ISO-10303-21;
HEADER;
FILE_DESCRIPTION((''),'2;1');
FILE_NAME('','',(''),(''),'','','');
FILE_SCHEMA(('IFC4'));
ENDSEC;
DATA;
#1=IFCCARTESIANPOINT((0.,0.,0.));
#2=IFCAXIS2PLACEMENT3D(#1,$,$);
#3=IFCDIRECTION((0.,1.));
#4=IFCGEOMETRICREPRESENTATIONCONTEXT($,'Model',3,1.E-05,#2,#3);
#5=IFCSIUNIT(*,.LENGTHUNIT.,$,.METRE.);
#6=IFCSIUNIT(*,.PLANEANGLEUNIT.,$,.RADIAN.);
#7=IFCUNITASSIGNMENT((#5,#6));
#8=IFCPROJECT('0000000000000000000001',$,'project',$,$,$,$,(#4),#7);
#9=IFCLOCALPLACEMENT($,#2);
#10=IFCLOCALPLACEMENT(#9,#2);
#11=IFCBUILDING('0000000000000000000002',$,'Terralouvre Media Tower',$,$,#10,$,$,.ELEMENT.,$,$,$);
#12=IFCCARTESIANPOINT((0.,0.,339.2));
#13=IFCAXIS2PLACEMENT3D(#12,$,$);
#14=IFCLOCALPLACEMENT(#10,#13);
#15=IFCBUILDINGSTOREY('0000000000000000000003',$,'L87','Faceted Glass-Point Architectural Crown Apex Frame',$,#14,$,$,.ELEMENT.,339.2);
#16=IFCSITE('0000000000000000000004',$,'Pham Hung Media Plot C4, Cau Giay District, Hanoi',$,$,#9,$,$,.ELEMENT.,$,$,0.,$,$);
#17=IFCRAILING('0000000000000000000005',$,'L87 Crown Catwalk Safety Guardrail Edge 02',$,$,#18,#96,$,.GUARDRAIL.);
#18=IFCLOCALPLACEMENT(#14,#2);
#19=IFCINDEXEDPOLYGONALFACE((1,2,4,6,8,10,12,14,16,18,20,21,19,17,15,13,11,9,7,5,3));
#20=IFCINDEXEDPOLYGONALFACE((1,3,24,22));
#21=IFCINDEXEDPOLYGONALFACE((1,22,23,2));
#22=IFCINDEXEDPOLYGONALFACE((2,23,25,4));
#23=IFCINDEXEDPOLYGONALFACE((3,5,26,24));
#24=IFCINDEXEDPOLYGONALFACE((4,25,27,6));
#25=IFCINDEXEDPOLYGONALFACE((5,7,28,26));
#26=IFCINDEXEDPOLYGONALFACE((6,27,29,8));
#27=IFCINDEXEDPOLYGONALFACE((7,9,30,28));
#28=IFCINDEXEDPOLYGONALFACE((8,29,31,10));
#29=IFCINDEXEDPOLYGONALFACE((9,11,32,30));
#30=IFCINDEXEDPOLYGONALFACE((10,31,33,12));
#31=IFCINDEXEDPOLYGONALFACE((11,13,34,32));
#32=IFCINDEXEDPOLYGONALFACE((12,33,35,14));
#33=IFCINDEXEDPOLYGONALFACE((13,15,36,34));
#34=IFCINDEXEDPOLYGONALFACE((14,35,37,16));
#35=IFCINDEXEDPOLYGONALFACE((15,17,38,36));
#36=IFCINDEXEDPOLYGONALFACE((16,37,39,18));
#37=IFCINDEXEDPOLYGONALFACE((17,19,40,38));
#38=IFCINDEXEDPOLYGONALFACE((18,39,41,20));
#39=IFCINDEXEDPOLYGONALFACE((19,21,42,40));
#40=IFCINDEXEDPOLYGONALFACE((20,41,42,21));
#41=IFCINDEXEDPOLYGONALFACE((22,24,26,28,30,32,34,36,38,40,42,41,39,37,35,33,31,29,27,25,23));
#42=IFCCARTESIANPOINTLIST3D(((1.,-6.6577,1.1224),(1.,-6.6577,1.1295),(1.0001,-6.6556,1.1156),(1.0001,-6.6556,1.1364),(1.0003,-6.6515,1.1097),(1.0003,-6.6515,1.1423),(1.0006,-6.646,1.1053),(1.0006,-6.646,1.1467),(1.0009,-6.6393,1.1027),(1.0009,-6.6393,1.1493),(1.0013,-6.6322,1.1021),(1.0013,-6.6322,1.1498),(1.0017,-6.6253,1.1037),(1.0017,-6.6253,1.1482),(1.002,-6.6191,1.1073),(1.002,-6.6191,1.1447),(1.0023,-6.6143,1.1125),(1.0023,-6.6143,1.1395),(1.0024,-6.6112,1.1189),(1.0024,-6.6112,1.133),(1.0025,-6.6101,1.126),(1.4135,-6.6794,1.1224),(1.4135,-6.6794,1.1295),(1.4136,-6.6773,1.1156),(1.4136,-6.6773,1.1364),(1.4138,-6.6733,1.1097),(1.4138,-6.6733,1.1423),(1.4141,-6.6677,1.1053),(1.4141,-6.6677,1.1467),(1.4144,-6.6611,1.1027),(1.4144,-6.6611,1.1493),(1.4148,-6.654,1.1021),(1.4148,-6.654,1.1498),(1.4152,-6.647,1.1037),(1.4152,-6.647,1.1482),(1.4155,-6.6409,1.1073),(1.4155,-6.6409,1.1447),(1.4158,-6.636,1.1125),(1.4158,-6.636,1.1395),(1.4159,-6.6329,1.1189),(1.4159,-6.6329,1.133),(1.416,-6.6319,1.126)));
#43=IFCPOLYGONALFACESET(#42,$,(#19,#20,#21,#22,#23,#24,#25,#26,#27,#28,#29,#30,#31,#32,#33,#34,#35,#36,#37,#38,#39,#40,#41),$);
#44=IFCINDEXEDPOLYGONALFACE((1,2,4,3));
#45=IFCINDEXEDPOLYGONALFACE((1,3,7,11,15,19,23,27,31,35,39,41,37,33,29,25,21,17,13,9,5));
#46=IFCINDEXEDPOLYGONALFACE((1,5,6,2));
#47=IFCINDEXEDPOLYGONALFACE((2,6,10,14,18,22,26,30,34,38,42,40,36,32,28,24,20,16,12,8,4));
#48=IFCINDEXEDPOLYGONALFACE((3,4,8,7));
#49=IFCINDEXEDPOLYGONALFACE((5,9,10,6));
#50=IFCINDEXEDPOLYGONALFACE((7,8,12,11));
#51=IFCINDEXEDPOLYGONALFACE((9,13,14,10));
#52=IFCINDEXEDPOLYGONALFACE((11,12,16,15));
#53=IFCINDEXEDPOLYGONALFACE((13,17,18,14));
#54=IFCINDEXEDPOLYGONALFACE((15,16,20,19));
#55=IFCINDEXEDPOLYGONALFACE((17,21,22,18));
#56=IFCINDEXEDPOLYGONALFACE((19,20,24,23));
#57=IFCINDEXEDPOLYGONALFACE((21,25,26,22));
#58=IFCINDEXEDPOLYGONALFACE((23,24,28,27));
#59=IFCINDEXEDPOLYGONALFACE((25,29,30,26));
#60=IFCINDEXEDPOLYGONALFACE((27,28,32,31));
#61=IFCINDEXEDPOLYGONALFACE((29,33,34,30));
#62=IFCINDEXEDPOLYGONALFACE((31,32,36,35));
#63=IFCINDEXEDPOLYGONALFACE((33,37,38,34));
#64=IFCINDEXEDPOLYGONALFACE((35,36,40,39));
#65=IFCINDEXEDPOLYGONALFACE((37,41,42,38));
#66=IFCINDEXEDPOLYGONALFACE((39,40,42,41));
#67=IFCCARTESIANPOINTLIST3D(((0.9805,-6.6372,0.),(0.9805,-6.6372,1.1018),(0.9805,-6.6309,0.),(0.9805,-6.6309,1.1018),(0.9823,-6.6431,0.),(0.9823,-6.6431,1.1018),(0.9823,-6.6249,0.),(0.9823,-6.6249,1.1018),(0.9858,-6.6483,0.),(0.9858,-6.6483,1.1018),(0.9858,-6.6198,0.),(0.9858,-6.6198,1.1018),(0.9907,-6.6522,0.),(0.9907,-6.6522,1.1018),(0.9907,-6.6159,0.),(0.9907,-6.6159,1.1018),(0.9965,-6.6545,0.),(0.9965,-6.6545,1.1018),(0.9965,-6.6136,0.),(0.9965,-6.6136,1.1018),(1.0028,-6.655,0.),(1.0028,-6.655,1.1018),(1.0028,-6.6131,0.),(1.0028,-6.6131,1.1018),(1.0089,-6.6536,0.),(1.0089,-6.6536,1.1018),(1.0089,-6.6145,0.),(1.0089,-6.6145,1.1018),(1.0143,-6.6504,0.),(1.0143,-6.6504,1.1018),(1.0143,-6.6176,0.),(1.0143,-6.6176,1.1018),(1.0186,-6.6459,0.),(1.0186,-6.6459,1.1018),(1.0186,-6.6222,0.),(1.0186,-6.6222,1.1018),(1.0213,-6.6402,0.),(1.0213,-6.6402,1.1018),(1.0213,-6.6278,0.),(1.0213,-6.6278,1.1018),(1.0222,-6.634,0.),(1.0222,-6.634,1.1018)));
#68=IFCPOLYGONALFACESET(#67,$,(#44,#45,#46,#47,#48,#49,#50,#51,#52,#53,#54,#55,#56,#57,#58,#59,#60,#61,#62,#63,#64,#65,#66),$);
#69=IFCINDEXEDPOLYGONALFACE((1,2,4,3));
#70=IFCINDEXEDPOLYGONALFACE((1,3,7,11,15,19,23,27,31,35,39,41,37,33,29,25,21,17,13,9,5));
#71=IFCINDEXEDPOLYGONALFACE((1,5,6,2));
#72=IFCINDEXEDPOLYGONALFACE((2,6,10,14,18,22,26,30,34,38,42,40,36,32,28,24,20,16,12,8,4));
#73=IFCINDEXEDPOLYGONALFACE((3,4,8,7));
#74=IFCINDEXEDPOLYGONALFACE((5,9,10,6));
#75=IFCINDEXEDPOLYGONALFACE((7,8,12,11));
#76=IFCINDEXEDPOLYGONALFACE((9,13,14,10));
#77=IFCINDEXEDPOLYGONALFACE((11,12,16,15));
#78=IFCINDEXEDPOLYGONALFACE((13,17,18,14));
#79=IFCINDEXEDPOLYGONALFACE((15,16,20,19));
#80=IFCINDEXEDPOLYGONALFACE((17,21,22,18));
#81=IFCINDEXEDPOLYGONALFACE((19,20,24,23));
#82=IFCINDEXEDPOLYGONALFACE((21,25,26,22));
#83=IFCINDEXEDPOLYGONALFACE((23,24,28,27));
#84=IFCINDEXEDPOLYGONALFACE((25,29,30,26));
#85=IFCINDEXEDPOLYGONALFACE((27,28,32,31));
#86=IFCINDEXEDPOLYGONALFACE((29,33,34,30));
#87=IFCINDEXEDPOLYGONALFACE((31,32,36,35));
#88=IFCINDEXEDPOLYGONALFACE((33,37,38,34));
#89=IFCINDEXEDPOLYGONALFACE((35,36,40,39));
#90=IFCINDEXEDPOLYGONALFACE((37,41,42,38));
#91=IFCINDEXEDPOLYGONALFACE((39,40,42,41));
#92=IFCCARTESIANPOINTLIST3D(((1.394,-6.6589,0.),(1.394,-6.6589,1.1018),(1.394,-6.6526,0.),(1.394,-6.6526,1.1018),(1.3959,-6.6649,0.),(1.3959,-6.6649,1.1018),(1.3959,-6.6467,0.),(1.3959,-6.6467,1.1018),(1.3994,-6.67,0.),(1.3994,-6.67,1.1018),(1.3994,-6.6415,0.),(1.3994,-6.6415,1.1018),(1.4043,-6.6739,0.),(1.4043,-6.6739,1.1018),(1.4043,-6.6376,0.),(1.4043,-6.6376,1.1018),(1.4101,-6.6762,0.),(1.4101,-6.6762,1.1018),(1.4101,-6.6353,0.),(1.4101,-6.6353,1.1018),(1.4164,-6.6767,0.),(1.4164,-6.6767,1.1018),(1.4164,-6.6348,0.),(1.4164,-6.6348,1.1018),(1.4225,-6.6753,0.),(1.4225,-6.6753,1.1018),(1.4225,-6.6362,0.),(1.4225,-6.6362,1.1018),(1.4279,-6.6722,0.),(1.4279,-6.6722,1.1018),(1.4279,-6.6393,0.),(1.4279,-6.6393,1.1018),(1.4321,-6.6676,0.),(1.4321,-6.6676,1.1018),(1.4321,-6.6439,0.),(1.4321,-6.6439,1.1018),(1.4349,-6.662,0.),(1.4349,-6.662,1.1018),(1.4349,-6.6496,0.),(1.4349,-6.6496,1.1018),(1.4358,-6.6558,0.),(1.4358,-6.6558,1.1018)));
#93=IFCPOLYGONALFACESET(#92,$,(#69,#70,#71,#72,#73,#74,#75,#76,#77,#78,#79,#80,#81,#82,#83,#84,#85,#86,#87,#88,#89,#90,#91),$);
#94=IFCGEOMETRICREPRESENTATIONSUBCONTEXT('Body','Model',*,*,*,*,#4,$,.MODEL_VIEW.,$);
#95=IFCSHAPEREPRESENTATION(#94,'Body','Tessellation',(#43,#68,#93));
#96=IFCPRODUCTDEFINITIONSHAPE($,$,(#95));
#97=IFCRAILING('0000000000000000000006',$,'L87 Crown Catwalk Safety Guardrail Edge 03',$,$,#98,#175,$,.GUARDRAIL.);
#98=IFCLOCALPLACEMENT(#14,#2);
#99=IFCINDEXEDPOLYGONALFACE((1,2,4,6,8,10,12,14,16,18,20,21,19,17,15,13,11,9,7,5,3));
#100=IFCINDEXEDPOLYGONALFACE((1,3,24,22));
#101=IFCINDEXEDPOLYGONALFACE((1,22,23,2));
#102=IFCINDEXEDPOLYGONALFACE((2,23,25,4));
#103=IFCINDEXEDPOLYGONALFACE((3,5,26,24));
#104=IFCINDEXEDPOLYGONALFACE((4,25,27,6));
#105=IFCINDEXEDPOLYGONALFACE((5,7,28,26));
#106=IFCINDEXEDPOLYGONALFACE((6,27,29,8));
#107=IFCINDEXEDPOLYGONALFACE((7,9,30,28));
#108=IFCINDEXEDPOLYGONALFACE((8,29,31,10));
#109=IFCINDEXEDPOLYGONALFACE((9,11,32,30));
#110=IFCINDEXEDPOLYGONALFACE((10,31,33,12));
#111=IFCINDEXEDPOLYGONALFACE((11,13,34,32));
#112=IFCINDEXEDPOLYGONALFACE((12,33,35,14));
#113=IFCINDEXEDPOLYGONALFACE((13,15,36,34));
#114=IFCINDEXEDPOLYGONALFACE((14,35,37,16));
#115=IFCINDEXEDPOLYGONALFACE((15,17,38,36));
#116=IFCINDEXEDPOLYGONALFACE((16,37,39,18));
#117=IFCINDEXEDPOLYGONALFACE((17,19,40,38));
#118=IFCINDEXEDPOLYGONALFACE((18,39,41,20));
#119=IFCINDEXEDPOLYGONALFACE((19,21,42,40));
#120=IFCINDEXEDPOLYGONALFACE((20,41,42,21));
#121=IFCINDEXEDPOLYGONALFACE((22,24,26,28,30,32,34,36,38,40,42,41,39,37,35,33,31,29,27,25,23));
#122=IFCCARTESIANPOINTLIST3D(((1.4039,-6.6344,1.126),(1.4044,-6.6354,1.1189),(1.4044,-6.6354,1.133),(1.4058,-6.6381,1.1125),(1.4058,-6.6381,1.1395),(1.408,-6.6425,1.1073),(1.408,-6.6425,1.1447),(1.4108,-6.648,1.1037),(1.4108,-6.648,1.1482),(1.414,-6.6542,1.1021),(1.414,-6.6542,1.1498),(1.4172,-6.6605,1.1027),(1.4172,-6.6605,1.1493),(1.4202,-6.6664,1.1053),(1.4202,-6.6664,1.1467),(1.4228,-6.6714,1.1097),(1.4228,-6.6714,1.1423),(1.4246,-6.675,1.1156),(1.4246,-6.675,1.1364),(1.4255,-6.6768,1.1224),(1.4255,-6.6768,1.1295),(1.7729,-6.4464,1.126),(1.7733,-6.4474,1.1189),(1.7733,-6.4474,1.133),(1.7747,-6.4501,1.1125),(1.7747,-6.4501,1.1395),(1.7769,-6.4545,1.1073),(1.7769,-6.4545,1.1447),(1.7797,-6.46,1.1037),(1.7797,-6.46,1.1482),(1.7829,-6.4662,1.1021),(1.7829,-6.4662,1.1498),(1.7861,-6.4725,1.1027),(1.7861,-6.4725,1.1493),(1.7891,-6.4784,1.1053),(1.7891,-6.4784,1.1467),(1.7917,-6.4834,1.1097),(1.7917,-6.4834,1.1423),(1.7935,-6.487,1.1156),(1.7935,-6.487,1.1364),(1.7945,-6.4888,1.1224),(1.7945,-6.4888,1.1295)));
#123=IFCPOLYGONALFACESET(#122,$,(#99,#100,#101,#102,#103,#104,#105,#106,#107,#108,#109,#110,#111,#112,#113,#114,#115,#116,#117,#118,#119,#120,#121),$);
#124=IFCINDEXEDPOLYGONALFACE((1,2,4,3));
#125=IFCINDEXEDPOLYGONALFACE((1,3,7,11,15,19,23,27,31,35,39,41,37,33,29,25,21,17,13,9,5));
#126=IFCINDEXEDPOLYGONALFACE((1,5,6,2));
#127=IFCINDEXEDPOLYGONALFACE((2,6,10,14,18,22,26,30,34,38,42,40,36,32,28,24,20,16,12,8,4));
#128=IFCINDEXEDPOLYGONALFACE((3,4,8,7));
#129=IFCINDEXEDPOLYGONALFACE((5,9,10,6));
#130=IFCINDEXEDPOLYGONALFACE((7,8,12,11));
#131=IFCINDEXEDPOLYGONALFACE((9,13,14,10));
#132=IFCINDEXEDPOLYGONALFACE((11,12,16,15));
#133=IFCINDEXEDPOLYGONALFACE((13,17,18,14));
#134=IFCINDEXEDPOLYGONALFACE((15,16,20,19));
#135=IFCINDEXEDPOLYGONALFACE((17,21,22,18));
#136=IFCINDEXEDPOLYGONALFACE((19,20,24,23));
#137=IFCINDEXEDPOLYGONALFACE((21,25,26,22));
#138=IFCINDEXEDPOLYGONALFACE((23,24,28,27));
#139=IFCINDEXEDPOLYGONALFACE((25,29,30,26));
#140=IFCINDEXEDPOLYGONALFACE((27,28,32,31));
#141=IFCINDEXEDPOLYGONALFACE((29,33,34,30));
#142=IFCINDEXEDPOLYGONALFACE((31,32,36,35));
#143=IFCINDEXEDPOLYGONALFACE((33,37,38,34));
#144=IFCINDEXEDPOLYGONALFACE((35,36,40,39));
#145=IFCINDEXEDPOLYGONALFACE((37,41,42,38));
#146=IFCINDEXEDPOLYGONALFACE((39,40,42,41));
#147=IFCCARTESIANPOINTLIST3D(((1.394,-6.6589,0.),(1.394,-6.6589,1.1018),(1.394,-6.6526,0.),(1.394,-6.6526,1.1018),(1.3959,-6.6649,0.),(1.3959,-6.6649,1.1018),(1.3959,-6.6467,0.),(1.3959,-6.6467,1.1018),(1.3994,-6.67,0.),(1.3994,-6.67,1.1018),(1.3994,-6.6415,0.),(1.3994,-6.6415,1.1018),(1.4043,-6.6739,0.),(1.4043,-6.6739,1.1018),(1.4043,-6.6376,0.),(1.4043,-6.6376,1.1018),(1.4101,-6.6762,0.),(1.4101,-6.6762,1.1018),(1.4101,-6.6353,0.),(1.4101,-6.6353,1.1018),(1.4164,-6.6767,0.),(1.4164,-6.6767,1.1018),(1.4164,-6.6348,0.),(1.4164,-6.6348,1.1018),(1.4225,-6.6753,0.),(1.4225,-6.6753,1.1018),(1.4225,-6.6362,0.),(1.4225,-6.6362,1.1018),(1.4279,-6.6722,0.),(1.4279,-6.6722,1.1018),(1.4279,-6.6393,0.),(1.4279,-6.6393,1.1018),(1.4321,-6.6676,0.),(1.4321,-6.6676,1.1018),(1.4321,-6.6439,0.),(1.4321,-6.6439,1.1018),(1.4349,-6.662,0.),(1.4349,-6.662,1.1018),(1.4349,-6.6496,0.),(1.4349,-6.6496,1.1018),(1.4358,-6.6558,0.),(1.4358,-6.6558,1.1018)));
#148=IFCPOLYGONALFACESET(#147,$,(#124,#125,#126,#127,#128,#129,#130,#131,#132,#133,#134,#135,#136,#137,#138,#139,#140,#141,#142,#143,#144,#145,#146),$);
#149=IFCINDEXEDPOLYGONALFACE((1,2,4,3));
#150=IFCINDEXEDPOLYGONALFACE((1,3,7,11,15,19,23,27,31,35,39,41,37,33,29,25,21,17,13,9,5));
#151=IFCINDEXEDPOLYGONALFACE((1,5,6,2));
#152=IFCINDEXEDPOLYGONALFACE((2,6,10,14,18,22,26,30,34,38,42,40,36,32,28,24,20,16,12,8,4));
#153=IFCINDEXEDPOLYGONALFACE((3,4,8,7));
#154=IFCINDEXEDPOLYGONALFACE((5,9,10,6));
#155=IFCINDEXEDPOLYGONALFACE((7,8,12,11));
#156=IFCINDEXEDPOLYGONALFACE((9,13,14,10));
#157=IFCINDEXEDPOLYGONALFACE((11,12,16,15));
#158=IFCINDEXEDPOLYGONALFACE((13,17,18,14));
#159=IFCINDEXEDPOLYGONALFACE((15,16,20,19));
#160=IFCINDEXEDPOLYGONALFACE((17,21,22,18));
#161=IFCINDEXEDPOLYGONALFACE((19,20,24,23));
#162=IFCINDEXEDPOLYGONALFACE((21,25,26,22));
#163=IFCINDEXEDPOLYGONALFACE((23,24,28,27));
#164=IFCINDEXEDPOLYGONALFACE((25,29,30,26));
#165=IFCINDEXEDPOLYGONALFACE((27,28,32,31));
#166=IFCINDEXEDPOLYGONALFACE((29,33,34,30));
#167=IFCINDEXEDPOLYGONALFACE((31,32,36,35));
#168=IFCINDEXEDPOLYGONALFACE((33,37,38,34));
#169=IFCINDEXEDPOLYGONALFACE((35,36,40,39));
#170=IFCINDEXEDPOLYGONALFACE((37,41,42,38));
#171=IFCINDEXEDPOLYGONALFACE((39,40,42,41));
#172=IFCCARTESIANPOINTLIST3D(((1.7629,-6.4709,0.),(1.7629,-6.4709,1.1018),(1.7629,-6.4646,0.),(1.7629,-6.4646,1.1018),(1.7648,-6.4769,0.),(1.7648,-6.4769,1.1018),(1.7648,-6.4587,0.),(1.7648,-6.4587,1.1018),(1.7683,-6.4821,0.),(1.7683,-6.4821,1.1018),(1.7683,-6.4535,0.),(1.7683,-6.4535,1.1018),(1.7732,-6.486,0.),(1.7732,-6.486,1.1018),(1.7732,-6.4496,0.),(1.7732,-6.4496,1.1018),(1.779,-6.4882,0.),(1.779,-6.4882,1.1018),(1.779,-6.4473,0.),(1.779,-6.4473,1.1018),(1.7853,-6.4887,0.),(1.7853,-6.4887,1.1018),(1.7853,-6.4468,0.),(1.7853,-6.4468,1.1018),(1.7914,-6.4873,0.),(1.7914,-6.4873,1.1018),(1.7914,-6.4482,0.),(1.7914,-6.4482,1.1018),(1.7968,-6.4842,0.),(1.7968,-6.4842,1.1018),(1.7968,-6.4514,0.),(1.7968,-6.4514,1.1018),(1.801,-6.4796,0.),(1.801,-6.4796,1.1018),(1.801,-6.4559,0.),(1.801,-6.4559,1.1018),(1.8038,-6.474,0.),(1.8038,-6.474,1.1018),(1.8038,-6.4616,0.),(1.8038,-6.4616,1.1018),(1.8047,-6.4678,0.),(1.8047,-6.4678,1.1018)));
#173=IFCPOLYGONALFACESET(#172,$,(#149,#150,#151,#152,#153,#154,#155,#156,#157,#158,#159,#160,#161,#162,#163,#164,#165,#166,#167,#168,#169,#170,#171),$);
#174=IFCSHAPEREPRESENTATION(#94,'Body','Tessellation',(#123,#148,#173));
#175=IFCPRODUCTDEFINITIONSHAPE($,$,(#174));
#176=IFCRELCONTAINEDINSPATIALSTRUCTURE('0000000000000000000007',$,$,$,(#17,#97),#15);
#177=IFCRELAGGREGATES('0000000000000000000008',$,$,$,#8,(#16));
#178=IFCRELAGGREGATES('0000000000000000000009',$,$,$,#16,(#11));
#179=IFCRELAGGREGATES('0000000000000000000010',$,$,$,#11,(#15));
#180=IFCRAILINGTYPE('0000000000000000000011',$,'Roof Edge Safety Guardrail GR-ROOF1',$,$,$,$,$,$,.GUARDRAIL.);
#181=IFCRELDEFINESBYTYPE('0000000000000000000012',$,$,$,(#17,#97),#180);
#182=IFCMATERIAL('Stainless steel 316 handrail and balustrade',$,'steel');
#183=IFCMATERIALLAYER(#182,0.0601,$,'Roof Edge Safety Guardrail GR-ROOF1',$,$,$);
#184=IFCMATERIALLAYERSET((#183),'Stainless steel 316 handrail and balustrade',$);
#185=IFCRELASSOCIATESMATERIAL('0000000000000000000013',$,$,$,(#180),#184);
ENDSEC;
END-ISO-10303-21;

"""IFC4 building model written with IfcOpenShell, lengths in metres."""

from ifc_helpers import new_model, si_unit, direction, frame, origin, origin_2d, place, context, subcontext, project, spatial, circle, extrude, material, layer, layer_set, type_object, element, save


model = new_model("IFC4")

# Units and contexts
model_context = context("Model", 3, precision=1e-05, world=origin(), true_north=direction((0.0, 1.0)))
body_context = subcontext(model_context, "Body", "Model", "MODEL_VIEW")
ifc_project = project(units=[si_unit("LENGTHUNIT", "METRE"), si_unit("PLANEANGLEUNIT", "RADIAN")], contexts=[model_context])

# Site, building, storey
site_placement = place(None, origin())
site = spatial("IfcSite", under=ifc_project, at=site_placement, Name="Pham Hung Media Plot C4, Cau Giay District, Hanoi", CompositionType="ELEMENT", RefElevation=0.0)
building_placement = place(site_placement, origin())
building = spatial("IfcBuilding", under=site, at=building_placement, Name="Terralouvre Media Tower", CompositionType="ELEMENT")
storey_placement = place(building_placement, frame((0.0, 0.0, 339.2)))
storey = spatial("IfcBuildingStorey", under=building, at=storey_placement, Name="L87", Description="Faceted Glass-Point Architectural Crown Apex Frame", CompositionType="ELEMENT", Elevation=339.2)

# Railings
ifc_material_1 = material(Name="Stainless steel 316 handrail and balustrade", Category="steel")
ifc_layer_1 = layer(ifc_material_1, 0.0601, Name="Roof Edge Safety Guardrail GR-ROOF1")
ifc_layer_set_1 = layer_set([ifc_layer_1], Name="Stainless steel 316 handrail and balustrade")
railing_type_1 = type_object("IfcRailingType", Name="Roof Edge Safety Guardrail GR-ROOF1", PredefinedType="GUARDRAIL", material=ifc_layer_set_1)
railing_1_placement = place(storey_placement, frame((1.0012, -6.634, 0.0)))
element("IfcRailing", 1, at=railing_1_placement, inside=storey, type_object=railing_type_1, Name="L87 Crown Catwalk Safety Guardrail Edge 02", PredefinedType="GUARDRAIL", context=body_context, shape_type="SweptSolid", body=[
    extrude(circle(Radius=0.0239, at=origin_2d()), frame((0.0, 0.0, 1.126), z_axis=(0.998623, -0.052466, 0.0), x_axis=(0.052466, 0.998623, 0.0)), (0.0, 0.0, 1.0), 0.4141),
    extrude(circle(Radius=0.021, at=origin_2d()), origin(), (0.0, 0.0, 1.0), 1.1018),
    extrude(circle(Radius=0.021, at=origin_2d()), frame((0.4136, -0.0217, 0.0)), (0.0, 0.0, 1.0), 1.1018),
])
railing_2_placement = place(storey_placement, frame((1.4148, -6.6558, 0.0)))
element("IfcRailing", 2, at=railing_2_placement, inside=storey, type_object=railing_type_1, Name="L87 Crown Catwalk Safety Guardrail Edge 03", PredefinedType="GUARDRAIL", context=body_context, shape_type="SweptSolid", body=[
    extrude(circle(Radius=0.0239, at=origin_2d()), frame((0.0, 0.0, 1.126), z_axis=(0.890981, 0.454041, 0.0), x_axis=(-0.454041, 0.890981, 0.0)), (0.0, 0.0, 1.0), 0.4141),
    extrude(circle(Radius=0.021, at=origin_2d()), origin(), (0.0, 0.0, 1.0), 1.1018),
    extrude(circle(Radius=0.021, at=origin_2d()), frame((0.3689, 0.188, 0.0)), (0.0, 0.0, 1.0), 1.1018),
])

save(model, "model.ifc")
